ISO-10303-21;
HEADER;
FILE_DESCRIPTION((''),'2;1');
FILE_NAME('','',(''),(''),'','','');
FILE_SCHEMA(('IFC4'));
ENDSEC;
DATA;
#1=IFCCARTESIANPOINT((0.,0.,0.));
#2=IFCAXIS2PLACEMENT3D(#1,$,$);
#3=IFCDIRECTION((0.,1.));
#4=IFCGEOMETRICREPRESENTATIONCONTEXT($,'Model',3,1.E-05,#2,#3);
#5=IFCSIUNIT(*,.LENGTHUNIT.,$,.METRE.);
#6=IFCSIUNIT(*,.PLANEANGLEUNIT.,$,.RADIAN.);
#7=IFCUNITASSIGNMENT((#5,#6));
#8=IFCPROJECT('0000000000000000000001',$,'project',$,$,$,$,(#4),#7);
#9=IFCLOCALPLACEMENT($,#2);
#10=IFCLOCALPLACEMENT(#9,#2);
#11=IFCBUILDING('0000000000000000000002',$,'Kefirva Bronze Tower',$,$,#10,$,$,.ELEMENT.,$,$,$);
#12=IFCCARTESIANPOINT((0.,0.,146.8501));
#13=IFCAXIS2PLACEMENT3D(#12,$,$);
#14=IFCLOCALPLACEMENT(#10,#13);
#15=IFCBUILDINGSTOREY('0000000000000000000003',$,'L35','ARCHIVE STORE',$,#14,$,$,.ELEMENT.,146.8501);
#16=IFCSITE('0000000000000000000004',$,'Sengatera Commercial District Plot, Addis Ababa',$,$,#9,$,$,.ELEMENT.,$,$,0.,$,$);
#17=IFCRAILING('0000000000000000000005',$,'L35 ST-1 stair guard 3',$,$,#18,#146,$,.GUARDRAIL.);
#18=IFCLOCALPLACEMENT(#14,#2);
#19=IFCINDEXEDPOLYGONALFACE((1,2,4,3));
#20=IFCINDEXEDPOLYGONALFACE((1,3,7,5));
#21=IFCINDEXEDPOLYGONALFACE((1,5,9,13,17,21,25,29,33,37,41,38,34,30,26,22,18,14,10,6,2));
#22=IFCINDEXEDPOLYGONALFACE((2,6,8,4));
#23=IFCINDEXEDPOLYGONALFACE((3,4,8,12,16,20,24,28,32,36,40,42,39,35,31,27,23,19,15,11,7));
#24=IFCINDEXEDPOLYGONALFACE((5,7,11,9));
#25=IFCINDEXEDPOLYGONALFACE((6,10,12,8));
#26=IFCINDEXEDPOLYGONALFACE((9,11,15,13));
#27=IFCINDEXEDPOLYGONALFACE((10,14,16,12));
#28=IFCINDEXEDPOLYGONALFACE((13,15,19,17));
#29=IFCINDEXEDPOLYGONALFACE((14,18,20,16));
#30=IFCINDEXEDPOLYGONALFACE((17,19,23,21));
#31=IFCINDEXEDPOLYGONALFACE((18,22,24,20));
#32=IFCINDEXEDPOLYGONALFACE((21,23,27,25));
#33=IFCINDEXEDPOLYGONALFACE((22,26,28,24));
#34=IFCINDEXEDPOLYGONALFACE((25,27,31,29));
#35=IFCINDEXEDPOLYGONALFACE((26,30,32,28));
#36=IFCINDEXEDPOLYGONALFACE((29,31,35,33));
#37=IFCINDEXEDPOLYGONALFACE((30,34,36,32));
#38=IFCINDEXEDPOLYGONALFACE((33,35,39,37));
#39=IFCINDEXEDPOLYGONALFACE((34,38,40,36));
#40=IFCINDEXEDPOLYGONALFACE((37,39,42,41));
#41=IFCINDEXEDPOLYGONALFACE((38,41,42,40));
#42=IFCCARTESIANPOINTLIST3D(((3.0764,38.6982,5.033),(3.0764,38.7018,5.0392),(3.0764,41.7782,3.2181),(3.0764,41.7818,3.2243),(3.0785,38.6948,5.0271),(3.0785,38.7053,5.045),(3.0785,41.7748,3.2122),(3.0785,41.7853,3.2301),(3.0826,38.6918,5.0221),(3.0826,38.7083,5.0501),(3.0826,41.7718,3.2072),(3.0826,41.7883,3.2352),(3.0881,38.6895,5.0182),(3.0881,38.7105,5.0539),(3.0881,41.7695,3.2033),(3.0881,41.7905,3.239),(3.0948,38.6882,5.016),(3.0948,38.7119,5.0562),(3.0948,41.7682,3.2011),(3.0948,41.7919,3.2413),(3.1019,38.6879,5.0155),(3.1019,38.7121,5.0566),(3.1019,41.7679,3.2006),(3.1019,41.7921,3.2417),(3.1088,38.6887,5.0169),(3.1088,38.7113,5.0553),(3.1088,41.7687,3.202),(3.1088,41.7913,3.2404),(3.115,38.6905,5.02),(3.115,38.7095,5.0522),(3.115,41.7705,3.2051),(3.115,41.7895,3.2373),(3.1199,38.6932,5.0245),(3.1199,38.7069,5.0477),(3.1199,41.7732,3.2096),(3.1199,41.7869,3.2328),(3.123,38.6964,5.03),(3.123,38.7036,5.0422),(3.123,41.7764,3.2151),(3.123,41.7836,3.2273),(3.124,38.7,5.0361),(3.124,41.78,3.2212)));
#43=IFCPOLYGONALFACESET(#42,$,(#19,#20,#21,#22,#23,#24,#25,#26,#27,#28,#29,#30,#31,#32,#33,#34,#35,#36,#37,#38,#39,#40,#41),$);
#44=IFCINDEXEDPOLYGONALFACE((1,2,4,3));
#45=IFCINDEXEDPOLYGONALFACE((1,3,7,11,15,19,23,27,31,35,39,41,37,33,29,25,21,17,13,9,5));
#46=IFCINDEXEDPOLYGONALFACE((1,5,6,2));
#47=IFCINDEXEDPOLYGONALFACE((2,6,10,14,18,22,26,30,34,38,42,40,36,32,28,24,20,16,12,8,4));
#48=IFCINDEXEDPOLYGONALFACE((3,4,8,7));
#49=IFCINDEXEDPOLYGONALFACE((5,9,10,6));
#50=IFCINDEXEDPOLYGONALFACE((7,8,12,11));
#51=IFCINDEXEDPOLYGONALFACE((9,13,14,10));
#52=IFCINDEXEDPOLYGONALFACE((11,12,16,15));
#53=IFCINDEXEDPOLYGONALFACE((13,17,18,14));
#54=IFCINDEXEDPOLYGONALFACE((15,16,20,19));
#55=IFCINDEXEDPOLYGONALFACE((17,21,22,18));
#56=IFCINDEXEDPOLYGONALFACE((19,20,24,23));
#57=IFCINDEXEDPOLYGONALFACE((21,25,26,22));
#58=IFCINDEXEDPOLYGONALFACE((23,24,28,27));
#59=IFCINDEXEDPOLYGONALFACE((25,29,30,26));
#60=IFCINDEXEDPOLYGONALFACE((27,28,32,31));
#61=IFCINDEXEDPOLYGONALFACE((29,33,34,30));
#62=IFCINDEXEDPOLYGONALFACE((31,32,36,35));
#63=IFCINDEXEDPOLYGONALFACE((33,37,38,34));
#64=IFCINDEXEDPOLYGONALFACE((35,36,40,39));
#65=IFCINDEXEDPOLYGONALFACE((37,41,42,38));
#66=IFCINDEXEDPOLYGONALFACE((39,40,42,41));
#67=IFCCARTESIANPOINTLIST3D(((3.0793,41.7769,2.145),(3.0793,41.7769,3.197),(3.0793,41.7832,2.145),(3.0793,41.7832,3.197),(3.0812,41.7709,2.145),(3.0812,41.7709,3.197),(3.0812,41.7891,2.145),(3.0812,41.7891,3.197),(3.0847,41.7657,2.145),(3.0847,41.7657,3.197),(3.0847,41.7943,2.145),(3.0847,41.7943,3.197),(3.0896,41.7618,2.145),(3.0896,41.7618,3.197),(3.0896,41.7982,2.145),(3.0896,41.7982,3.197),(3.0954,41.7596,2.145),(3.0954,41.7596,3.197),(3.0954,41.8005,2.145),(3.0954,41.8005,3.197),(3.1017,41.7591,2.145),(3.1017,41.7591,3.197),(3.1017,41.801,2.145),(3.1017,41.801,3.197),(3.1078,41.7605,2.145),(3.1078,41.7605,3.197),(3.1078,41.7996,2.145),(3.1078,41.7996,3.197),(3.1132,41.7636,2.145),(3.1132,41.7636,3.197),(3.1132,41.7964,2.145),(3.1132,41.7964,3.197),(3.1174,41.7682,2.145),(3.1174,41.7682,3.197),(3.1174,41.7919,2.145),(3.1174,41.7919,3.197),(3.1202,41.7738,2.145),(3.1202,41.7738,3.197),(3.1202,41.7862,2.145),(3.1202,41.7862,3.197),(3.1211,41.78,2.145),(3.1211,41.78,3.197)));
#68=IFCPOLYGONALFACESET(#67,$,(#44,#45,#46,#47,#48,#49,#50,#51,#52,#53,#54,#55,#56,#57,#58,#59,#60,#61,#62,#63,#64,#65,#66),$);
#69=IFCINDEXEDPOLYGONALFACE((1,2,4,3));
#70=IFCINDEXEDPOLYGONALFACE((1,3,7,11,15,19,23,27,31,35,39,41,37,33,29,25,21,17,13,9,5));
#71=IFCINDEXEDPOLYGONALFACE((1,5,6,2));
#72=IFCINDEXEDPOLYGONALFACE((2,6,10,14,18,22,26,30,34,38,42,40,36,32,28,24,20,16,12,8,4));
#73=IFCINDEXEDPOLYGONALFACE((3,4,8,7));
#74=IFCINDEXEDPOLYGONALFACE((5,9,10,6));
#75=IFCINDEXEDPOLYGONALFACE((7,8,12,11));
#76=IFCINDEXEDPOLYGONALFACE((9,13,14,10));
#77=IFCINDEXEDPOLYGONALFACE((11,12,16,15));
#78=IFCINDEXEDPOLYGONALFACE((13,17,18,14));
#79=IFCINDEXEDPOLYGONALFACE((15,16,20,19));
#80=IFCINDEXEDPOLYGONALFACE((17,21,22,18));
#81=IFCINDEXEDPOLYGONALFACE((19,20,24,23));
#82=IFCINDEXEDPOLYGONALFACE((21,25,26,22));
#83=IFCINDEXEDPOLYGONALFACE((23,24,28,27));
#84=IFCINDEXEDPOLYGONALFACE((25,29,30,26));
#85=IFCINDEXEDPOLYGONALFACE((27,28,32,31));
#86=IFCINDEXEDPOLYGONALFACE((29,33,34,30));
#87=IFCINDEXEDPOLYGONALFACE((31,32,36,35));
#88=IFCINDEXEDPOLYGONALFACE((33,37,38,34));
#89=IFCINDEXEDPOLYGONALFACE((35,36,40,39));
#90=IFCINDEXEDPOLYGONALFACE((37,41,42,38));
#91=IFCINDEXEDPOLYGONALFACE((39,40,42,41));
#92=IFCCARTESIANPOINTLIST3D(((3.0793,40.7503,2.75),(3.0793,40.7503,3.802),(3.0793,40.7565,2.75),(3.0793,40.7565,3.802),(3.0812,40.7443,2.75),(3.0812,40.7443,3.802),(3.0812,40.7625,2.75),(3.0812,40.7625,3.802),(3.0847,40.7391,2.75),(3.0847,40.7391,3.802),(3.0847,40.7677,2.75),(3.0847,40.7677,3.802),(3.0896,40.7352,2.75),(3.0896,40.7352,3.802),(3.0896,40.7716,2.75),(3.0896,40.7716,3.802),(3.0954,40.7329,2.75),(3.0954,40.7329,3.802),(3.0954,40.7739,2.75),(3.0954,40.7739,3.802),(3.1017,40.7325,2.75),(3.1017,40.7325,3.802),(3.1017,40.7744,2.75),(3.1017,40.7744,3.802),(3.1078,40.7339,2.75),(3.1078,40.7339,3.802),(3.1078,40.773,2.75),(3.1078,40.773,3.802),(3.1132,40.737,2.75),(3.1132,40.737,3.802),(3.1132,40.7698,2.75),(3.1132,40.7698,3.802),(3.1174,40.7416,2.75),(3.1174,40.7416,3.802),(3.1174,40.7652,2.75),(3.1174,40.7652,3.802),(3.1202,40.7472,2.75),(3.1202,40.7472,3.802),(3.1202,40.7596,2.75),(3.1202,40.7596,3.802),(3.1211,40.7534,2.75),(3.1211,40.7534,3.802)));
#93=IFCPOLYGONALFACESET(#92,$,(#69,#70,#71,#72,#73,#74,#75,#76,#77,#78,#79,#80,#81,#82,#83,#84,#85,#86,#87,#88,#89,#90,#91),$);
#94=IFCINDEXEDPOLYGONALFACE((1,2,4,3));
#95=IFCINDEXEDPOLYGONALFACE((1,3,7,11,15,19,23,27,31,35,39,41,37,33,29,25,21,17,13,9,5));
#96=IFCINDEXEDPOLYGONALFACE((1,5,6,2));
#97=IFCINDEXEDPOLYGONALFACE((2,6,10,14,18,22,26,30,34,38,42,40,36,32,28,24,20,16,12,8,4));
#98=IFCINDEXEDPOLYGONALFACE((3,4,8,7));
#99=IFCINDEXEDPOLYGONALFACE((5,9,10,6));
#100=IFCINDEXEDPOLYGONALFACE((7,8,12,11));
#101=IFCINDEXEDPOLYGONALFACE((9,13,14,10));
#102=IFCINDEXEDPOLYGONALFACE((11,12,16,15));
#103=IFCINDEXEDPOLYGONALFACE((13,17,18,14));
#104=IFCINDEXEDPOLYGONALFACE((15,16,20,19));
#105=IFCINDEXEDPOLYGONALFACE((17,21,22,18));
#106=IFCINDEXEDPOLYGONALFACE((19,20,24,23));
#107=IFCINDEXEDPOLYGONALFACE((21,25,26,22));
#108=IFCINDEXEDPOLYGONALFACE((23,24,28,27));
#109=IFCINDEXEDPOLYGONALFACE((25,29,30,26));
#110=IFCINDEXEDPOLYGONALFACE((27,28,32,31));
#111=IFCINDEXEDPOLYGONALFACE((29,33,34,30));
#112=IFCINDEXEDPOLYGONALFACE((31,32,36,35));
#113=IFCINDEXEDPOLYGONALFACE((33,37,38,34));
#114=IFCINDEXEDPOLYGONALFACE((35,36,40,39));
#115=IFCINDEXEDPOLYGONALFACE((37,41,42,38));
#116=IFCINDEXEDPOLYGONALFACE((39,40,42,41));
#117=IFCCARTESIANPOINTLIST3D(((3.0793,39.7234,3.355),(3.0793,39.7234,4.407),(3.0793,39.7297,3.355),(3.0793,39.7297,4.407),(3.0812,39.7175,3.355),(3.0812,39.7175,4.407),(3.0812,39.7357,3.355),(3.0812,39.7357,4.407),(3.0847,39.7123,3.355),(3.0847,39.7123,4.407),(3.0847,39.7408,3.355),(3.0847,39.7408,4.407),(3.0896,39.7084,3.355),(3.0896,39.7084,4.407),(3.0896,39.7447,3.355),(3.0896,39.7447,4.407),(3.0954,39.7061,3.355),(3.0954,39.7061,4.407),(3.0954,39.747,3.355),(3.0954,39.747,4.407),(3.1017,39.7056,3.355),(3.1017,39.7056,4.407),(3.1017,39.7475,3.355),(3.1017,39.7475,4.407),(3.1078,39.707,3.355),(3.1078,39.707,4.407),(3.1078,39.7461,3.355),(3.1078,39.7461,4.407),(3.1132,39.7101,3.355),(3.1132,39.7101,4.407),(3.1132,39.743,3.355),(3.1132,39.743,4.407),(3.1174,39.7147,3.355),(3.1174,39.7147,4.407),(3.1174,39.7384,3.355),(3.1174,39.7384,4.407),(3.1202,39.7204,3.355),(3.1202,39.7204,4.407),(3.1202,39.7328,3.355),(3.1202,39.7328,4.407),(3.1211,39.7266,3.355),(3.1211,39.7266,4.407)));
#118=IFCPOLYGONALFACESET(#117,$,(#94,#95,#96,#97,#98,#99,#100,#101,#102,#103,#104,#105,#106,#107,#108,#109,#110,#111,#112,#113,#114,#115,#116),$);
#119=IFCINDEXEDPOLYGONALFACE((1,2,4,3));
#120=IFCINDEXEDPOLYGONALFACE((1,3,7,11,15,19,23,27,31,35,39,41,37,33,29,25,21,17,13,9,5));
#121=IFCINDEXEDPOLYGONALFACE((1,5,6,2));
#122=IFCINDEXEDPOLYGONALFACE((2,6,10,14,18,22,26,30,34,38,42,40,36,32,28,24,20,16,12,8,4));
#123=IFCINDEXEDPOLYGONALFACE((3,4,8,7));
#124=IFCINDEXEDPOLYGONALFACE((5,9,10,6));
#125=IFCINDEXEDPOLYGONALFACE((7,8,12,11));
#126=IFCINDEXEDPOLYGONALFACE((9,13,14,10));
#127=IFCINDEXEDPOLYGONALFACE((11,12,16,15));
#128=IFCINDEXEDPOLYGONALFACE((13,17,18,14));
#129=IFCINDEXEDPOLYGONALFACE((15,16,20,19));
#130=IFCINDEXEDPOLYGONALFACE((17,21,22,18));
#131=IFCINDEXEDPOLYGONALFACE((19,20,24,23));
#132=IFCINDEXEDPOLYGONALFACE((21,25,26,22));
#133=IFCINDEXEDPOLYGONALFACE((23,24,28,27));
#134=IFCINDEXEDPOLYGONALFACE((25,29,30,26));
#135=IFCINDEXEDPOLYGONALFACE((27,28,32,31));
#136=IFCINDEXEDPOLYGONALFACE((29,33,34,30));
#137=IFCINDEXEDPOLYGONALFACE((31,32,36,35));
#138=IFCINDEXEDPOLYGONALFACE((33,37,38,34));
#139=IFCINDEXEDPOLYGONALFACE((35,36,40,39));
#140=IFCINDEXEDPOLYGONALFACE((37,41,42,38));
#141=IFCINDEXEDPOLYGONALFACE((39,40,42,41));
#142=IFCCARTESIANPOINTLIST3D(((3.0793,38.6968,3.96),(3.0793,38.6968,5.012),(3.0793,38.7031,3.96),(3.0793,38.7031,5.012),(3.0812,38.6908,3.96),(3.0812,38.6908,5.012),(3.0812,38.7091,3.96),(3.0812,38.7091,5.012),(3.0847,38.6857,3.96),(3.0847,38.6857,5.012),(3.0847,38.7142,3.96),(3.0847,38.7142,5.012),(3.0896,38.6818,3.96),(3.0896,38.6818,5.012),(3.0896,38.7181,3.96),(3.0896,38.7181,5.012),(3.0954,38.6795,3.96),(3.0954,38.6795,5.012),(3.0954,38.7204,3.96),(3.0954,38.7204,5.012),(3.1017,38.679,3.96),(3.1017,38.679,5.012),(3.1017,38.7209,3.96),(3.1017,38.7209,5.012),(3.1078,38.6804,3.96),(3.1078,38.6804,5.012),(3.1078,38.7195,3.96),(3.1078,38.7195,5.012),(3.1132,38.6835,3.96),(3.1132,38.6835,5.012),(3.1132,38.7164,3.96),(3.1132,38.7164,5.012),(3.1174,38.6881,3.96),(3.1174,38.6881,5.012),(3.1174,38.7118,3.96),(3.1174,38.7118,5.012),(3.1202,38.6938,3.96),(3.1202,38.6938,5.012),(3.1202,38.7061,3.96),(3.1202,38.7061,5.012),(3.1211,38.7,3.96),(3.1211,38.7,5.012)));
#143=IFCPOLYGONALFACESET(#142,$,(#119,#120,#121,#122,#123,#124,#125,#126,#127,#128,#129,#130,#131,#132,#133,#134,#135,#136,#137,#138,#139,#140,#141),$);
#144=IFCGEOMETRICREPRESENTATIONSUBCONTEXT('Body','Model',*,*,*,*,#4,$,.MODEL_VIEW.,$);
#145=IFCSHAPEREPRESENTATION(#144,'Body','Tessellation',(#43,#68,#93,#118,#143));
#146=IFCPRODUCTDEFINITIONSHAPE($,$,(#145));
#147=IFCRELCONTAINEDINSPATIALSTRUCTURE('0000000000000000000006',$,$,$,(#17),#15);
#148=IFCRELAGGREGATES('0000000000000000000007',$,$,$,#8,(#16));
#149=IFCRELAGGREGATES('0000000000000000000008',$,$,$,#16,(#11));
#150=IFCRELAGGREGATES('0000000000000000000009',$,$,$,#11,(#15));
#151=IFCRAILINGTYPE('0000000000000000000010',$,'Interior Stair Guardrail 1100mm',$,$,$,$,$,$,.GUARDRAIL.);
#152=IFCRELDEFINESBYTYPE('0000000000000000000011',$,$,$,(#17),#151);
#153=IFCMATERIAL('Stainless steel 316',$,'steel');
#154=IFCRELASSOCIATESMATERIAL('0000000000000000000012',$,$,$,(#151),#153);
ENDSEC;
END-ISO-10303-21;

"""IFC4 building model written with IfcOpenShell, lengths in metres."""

from ifc_helpers import new_model, si_unit, direction, frame, origin, origin_2d, place, context, subcontext, project, spatial, circle, extrude, material, type_object, element, save


model = new_model("IFC4")

# Units and contexts
model_context = context("Model", 3, precision=1e-05, world=origin(), true_north=direction((0.0, 1.0)))
body_context = subcontext(model_context, "Body", "Model", "MODEL_VIEW")
ifc_project = project(units=[si_unit("LENGTHUNIT", "METRE"), si_unit("PLANEANGLEUNIT", "RADIAN")], contexts=[model_context])

# Site, building, storey
site_placement = place(None, origin())
site = spatial("IfcSite", under=ifc_project, at=site_placement, Name="Sengatera Commercial District Plot, Addis Ababa", CompositionType="ELEMENT", RefElevation=0.0)
building_placement = place(site_placement, origin())
building = spatial("IfcBuilding", under=site, at=building_placement, Name="Kefirva Bronze Tower", CompositionType="ELEMENT")
storey_placement = place(building_placement, frame((0.0, 0.0, 146.8501)))
storey = spatial("IfcBuildingStorey", under=building, at=storey_placement, Name="L35", Description="ARCHIVE STORE", CompositionType="ELEMENT", Elevation=146.8501)

# Railing
ifc_material_1 = material(Name="Stainless steel 316", Category="steel")
railing_type_1 = type_object("IfcRailingType", Name="Interior Stair Guardrail 1100mm", PredefinedType="GUARDRAIL", material=ifc_material_1)
railing_1_placement = place(storey_placement, frame((3.1001, 41.78, 2.145)))
element("IfcRailing", 1, at=railing_1_placement, inside=storey, type_object=railing_type_1, Name="L35 ST-1 stair guard 3", PredefinedType="GUARDRAIL", context=body_context, shape_type="SweptSolid", body=[
    extrude(circle(Radius=0.0239, at=origin_2d()), frame((0.0, 0.0, 1.0762), z_axis=(0.0, -0.861551, 0.507671), x_axis=(1.0, 0.0, 0.0)), (0.0, 0.0, 1.0), 3.575),
    extrude(circle(Radius=0.021, at=origin_2d()), origin(), (0.0, 0.0, 1.0), 1.052),
    extrude(circle(Radius=0.021, at=origin_2d()), frame((0.0, -1.0266, 0.605)), (0.0, 0.0, 1.0), 1.052),
    extrude(circle(Radius=0.021, at=origin_2d()), frame((0.0, -2.0535, 1.21)), (0.0, 0.0, 1.0), 1.052),
    extrude(circle(Radius=0.021, at=origin_2d()), frame((0.0, -3.0801, 1.8149)), (0.0, 0.0, 1.0), 1.052),
])

save(model, "model.ifc")
